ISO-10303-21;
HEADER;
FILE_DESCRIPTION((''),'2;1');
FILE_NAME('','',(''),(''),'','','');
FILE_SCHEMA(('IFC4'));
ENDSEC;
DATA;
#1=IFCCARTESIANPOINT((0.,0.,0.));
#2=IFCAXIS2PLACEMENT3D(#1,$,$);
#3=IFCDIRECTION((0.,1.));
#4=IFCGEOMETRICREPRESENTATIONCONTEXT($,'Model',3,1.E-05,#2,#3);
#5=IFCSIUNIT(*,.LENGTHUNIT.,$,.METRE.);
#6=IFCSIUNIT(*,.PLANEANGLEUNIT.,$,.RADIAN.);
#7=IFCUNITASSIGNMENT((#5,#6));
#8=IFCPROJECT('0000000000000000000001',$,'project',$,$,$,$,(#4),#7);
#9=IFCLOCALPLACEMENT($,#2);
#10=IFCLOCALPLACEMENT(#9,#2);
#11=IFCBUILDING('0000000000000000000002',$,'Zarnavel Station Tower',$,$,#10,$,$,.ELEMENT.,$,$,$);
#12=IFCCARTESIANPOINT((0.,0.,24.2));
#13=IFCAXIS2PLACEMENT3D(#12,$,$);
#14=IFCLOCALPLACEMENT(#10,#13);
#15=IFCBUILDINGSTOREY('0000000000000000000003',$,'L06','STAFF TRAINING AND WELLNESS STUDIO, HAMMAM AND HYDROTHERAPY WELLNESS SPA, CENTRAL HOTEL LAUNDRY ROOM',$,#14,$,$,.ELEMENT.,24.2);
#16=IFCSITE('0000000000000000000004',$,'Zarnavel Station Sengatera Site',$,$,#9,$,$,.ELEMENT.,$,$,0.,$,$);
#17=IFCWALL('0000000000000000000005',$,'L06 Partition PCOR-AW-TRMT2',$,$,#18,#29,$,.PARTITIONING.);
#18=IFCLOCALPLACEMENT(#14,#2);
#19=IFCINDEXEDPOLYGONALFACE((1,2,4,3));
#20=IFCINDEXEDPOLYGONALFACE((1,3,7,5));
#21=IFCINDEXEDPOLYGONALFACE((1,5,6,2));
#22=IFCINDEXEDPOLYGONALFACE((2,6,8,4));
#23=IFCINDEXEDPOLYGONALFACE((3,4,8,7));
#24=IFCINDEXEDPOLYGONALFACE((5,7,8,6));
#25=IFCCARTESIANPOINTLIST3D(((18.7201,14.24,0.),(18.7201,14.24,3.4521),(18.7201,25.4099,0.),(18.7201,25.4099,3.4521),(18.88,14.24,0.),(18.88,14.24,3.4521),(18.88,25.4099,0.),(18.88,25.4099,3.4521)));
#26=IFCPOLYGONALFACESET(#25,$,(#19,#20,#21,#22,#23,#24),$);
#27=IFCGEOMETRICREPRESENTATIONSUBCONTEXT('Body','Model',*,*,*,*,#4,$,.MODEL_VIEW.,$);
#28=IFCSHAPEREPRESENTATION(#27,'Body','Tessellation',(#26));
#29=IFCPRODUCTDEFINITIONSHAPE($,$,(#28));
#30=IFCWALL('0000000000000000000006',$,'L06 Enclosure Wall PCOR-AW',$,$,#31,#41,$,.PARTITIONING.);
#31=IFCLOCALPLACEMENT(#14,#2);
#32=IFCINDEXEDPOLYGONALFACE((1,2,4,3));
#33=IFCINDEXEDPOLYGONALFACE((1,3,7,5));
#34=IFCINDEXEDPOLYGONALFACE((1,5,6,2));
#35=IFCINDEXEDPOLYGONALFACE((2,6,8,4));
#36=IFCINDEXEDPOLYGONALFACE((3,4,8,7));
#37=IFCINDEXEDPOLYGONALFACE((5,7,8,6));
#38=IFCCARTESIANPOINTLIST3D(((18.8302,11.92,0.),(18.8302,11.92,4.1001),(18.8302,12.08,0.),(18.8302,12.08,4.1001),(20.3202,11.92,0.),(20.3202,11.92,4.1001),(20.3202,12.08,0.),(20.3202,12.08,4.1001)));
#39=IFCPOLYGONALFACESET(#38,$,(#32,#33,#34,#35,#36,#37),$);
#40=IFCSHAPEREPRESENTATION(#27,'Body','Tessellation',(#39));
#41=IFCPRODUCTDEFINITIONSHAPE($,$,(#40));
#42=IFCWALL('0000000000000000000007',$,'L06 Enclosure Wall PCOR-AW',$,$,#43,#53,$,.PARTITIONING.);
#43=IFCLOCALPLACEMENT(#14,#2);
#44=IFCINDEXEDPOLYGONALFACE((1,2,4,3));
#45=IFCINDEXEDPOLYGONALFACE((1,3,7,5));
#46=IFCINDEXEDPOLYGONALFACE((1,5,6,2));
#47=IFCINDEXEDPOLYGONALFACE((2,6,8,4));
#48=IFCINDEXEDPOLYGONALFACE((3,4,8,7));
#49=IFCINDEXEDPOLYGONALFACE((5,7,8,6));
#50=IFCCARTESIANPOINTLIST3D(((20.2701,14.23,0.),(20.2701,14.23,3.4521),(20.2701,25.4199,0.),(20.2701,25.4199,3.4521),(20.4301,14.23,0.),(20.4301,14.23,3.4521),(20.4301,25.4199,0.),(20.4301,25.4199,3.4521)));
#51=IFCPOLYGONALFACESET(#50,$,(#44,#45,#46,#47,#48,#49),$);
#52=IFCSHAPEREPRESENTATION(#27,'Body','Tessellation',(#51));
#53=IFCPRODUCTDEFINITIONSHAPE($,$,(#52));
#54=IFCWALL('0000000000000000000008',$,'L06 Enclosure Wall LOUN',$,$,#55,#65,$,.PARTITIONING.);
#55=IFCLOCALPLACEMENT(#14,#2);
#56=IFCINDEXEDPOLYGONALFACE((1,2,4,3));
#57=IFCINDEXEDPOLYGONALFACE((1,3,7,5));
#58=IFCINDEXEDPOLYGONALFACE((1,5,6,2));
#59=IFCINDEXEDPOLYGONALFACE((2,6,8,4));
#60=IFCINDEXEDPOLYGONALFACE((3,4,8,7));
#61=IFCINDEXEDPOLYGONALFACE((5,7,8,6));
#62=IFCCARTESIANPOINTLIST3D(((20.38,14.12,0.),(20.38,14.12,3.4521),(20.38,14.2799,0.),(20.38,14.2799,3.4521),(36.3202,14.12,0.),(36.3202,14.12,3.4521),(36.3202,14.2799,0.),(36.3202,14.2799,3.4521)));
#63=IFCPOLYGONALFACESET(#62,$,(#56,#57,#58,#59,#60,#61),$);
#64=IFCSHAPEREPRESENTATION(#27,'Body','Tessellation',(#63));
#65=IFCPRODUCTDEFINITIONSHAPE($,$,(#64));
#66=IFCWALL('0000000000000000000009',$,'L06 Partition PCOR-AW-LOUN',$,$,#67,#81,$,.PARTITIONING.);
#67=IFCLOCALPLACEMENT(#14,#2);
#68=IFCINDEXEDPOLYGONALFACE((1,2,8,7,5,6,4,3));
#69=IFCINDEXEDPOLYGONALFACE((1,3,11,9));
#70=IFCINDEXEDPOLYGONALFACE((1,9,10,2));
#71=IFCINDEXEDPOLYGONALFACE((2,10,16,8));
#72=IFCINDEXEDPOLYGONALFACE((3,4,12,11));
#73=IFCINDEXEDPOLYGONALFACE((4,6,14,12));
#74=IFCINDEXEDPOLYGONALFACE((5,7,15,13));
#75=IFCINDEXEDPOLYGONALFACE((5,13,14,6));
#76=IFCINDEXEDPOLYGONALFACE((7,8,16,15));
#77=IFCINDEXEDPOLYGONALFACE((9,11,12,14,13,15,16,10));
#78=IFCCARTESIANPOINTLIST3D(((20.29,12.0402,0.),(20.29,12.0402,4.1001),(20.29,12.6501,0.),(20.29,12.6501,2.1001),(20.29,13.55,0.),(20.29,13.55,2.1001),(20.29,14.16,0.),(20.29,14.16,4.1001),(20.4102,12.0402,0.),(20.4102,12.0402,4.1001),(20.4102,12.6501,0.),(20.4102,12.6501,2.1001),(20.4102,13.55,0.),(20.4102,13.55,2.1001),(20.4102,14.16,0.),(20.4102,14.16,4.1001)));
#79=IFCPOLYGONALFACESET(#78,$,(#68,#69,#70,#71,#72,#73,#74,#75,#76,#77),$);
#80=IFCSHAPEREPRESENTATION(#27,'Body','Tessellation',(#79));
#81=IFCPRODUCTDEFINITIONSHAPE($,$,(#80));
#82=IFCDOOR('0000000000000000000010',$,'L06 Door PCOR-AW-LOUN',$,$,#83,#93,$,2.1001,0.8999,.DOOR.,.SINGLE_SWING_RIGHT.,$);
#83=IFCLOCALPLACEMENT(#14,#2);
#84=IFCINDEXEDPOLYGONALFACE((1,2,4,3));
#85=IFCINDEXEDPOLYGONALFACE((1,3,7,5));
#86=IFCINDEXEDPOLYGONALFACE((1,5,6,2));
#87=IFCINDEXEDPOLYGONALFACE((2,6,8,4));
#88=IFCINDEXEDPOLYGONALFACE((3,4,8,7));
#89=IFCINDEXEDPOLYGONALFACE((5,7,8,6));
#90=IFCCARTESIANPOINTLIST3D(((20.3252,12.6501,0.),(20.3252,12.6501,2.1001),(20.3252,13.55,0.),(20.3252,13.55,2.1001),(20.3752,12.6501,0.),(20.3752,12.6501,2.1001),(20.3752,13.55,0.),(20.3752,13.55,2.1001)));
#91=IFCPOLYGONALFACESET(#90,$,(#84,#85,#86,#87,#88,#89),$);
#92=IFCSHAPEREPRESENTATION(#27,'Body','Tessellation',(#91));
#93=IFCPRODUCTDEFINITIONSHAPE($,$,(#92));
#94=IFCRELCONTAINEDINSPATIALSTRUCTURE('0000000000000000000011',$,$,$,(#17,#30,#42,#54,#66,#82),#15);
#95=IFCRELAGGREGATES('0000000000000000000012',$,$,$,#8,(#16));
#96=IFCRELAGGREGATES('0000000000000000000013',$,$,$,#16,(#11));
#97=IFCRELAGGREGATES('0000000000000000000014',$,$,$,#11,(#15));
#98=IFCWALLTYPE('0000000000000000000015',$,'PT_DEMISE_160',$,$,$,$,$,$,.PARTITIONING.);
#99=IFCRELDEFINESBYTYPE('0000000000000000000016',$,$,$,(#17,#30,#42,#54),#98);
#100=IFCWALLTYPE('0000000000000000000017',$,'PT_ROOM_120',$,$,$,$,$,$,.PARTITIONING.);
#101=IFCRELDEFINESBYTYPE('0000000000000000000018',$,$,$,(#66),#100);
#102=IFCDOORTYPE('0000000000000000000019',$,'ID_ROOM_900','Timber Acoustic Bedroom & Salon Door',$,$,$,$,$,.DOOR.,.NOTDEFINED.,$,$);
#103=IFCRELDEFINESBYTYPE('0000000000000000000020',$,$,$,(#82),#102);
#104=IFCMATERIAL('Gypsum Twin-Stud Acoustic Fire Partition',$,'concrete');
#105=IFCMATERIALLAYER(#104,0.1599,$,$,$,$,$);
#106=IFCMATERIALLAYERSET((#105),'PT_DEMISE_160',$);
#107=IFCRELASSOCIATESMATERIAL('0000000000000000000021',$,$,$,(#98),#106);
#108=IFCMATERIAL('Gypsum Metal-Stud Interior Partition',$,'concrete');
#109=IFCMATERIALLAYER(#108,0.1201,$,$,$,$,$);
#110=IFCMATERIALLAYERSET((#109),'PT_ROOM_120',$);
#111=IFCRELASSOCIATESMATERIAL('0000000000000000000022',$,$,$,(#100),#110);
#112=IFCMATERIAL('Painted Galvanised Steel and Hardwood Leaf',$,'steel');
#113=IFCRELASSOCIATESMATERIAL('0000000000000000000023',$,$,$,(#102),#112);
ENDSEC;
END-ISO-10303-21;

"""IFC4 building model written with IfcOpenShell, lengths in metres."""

from ifc_helpers import new_model, si_unit, direction, frame, frame_2d, origin, place, context, subcontext, project, spatial, rectangle, extrude, material, layer, layer_set, type_object, element, fill, save


model = new_model("IFC4")

# Units and contexts
model_context = context("Model", 3, precision=1e-05, world=origin(), true_north=direction((0.0, 1.0)))
body_context = subcontext(model_context, "Body", "Model", "MODEL_VIEW")
ifc_project = project(units=[si_unit("LENGTHUNIT", "METRE"), si_unit("PLANEANGLEUNIT", "RADIAN")], contexts=[model_context])

# Site, building, storey
site_placement = place(None, origin())
site = spatial("IfcSite", under=ifc_project, at=site_placement, Name="Zarnavel Station Sengatera Site", CompositionType="ELEMENT", RefElevation=0.0)
building_placement = place(site_placement, origin())
building = spatial("IfcBuilding", under=site, at=building_placement, Name="Zarnavel Station Tower", CompositionType="ELEMENT")
storey_placement = place(building_placement, frame((0.0, 0.0, 24.2)))
storey = spatial("IfcBuildingStorey", under=building, at=storey_placement, Name="L06", Description="STAFF TRAINING AND WELLNESS STUDIO, HAMMAM AND HYDROTHERAPY WELLNESS SPA, CENTRAL HOTEL LAUNDRY ROOM", CompositionType="ELEMENT", Elevation=24.2)

# Walls
ifc_material_1 = material(Name="Gypsum Twin-Stud Acoustic Fire Partition", Category="concrete")
ifc_layer_1 = layer(ifc_material_1, 0.1599)
ifc_layer_set_1 = layer_set([ifc_layer_1], Name="PT_DEMISE_160")
wall_type_1 = type_object("IfcWallType", Name="PT_DEMISE_160", PredefinedType="PARTITIONING", material=ifc_layer_set_1)
wall_1_placement = place(storey_placement, frame((18.8, 14.24, 0.0), z_axis=(0.0, 0.0, 1.0), x_axis=(0.0, 1.0, 0.0)))
element("IfcWall", 1, at=wall_1_placement, inside=storey, type_object=wall_type_1, Name="L06 Partition PCOR-AW-TRMT2", PredefinedType="PARTITIONING", context=body_context, shape_type="SweptSolid", body=[
    extrude(rectangle(XDim=11.1699, YDim=0.1599, at=frame_2d((5.585, 0.0))), origin(), (0.0, 0.0, 1.0), 3.4521),
])
wall_2_placement = place(storey_placement, frame((18.8301, 12.0, 0.0), z_axis=(0.0, 0.0, 1.0), x_axis=(1.0, 0.0, 0.0)))
element("IfcWall", 2, at=wall_2_placement, inside=storey, type_object=wall_type_1, Name="L06 Enclosure Wall PCOR-AW", PredefinedType="PARTITIONING", context=body_context, shape_type="SweptSolid", body=[
    extrude(rectangle(XDim=1.49, YDim=0.1599, at=frame_2d((0.7451, 0.0))), origin(), (0.0, 0.0, 1.0), 4.1001),
])
wall_3_placement = place(storey_placement, frame((20.3501, 14.23, 0.0), z_axis=(0.0, 0.0, 1.0), x_axis=(0.0, 1.0, 0.0)))
element("IfcWall", 3, at=wall_3_placement, inside=storey, type_object=wall_type_1, Name="L06 Enclosure Wall PCOR-AW", PredefinedType="PARTITIONING", context=body_context, shape_type="SweptSolid", body=[
    extrude(rectangle(XDim=11.1899, YDim=0.1599, at=frame_2d((5.595, 0.0))), origin(), (0.0, 0.0, 1.0), 3.4521),
])
wall_4_placement = place(storey_placement, frame((20.3799, 14.2, 0.0), z_axis=(0.0, 0.0, 1.0), x_axis=(1.0, 0.0, 0.0)))
element("IfcWall", 4, at=wall_4_placement, inside=storey, type_object=wall_type_1, Name="L06 Enclosure Wall LOUN", PredefinedType="PARTITIONING", context=body_context, shape_type="SweptSolid", body=[
    extrude(rectangle(XDim=15.9402, YDim=0.1599, at=frame_2d((7.9702, 0.0))), origin(), (0.0, 0.0, 1.0), 3.4521),
])

# Wall, opening, door
ifc_material_2 = material(Name="Gypsum Metal-Stud Interior Partition", Category="concrete")
ifc_layer_2 = layer(ifc_material_2, 0.1201)
ifc_layer_set_2 = layer_set([ifc_layer_2], Name="PT_ROOM_120")
wall_type_2 = type_object("IfcWallType", Name="PT_ROOM_120", PredefinedType="PARTITIONING", material=ifc_layer_set_2)
wall_5_placement = place(storey_placement, frame((20.3501, 12.04, 0.0), z_axis=(0.0, 0.0, 1.0), x_axis=(0.0, 1.0, 0.0)))
wall_5 = element("IfcWall", 5, at=wall_5_placement, inside=storey, type_object=wall_type_2, Name="L06 Partition PCOR-AW-LOUN", PredefinedType="PARTITIONING", context=body_context, shape_type="SweptSolid", body=[
    extrude(rectangle(XDim=2.1199, YDim=0.1201, at=frame_2d((1.0601, 0.0))), origin(), (0.0, 0.0, 1.0), 4.1001),
])
opening_placement = place(wall_5_placement, frame((0.6101, 0.0, 0.0)))
opening = element("IfcOpeningElement", 6, at=opening_placement, cuts=wall_5, PredefinedType="OPENING", context=body_context, shape_type="SweptSolid", body=[
    extrude(rectangle(XDim=0.8999, YDim=2.1001, at=frame_2d((0.45, 1.05))), frame((0.0, 0.0701, 0.0), z_axis=(0.0, -1.0, 0.0), x_axis=(1.0, 0.0, 0.0)), (0.0, 0.0, 1.0), 0.1401),
])
ifc_material_3 = material(Name="Painted Galvanised Steel and Hardwood Leaf", Category="steel")
door_type = type_object("IfcDoorType", Name="ID_ROOM_900", Description="Timber Acoustic Bedroom & Salon Door", OperationType="NOTDEFINED", PredefinedType="DOOR", material=ifc_material_3)
door_placement = place(opening_placement, origin())
door = element("IfcDoor", 7, at=door_placement, inside=storey, type_object=door_type, Name="L06 Door PCOR-AW-LOUN", OperationType="SINGLE_SWING_RIGHT", OverallHeight=2.1001, OverallWidth=0.8999, PredefinedType="DOOR", context=body_context, shape_type="SweptSolid", body=[
    extrude(rectangle(XDim=0.8999, YDim=2.1001, at=frame_2d((0.45, 1.05))), frame((0.0, 0.0249, 0.0), z_axis=(0.0, -1.0, 0.0), x_axis=(1.0, 0.0, 0.0)), (0.0, 0.0, 1.0), 0.05),
])
fill(opening, door)

save(model, "model.ifc")
